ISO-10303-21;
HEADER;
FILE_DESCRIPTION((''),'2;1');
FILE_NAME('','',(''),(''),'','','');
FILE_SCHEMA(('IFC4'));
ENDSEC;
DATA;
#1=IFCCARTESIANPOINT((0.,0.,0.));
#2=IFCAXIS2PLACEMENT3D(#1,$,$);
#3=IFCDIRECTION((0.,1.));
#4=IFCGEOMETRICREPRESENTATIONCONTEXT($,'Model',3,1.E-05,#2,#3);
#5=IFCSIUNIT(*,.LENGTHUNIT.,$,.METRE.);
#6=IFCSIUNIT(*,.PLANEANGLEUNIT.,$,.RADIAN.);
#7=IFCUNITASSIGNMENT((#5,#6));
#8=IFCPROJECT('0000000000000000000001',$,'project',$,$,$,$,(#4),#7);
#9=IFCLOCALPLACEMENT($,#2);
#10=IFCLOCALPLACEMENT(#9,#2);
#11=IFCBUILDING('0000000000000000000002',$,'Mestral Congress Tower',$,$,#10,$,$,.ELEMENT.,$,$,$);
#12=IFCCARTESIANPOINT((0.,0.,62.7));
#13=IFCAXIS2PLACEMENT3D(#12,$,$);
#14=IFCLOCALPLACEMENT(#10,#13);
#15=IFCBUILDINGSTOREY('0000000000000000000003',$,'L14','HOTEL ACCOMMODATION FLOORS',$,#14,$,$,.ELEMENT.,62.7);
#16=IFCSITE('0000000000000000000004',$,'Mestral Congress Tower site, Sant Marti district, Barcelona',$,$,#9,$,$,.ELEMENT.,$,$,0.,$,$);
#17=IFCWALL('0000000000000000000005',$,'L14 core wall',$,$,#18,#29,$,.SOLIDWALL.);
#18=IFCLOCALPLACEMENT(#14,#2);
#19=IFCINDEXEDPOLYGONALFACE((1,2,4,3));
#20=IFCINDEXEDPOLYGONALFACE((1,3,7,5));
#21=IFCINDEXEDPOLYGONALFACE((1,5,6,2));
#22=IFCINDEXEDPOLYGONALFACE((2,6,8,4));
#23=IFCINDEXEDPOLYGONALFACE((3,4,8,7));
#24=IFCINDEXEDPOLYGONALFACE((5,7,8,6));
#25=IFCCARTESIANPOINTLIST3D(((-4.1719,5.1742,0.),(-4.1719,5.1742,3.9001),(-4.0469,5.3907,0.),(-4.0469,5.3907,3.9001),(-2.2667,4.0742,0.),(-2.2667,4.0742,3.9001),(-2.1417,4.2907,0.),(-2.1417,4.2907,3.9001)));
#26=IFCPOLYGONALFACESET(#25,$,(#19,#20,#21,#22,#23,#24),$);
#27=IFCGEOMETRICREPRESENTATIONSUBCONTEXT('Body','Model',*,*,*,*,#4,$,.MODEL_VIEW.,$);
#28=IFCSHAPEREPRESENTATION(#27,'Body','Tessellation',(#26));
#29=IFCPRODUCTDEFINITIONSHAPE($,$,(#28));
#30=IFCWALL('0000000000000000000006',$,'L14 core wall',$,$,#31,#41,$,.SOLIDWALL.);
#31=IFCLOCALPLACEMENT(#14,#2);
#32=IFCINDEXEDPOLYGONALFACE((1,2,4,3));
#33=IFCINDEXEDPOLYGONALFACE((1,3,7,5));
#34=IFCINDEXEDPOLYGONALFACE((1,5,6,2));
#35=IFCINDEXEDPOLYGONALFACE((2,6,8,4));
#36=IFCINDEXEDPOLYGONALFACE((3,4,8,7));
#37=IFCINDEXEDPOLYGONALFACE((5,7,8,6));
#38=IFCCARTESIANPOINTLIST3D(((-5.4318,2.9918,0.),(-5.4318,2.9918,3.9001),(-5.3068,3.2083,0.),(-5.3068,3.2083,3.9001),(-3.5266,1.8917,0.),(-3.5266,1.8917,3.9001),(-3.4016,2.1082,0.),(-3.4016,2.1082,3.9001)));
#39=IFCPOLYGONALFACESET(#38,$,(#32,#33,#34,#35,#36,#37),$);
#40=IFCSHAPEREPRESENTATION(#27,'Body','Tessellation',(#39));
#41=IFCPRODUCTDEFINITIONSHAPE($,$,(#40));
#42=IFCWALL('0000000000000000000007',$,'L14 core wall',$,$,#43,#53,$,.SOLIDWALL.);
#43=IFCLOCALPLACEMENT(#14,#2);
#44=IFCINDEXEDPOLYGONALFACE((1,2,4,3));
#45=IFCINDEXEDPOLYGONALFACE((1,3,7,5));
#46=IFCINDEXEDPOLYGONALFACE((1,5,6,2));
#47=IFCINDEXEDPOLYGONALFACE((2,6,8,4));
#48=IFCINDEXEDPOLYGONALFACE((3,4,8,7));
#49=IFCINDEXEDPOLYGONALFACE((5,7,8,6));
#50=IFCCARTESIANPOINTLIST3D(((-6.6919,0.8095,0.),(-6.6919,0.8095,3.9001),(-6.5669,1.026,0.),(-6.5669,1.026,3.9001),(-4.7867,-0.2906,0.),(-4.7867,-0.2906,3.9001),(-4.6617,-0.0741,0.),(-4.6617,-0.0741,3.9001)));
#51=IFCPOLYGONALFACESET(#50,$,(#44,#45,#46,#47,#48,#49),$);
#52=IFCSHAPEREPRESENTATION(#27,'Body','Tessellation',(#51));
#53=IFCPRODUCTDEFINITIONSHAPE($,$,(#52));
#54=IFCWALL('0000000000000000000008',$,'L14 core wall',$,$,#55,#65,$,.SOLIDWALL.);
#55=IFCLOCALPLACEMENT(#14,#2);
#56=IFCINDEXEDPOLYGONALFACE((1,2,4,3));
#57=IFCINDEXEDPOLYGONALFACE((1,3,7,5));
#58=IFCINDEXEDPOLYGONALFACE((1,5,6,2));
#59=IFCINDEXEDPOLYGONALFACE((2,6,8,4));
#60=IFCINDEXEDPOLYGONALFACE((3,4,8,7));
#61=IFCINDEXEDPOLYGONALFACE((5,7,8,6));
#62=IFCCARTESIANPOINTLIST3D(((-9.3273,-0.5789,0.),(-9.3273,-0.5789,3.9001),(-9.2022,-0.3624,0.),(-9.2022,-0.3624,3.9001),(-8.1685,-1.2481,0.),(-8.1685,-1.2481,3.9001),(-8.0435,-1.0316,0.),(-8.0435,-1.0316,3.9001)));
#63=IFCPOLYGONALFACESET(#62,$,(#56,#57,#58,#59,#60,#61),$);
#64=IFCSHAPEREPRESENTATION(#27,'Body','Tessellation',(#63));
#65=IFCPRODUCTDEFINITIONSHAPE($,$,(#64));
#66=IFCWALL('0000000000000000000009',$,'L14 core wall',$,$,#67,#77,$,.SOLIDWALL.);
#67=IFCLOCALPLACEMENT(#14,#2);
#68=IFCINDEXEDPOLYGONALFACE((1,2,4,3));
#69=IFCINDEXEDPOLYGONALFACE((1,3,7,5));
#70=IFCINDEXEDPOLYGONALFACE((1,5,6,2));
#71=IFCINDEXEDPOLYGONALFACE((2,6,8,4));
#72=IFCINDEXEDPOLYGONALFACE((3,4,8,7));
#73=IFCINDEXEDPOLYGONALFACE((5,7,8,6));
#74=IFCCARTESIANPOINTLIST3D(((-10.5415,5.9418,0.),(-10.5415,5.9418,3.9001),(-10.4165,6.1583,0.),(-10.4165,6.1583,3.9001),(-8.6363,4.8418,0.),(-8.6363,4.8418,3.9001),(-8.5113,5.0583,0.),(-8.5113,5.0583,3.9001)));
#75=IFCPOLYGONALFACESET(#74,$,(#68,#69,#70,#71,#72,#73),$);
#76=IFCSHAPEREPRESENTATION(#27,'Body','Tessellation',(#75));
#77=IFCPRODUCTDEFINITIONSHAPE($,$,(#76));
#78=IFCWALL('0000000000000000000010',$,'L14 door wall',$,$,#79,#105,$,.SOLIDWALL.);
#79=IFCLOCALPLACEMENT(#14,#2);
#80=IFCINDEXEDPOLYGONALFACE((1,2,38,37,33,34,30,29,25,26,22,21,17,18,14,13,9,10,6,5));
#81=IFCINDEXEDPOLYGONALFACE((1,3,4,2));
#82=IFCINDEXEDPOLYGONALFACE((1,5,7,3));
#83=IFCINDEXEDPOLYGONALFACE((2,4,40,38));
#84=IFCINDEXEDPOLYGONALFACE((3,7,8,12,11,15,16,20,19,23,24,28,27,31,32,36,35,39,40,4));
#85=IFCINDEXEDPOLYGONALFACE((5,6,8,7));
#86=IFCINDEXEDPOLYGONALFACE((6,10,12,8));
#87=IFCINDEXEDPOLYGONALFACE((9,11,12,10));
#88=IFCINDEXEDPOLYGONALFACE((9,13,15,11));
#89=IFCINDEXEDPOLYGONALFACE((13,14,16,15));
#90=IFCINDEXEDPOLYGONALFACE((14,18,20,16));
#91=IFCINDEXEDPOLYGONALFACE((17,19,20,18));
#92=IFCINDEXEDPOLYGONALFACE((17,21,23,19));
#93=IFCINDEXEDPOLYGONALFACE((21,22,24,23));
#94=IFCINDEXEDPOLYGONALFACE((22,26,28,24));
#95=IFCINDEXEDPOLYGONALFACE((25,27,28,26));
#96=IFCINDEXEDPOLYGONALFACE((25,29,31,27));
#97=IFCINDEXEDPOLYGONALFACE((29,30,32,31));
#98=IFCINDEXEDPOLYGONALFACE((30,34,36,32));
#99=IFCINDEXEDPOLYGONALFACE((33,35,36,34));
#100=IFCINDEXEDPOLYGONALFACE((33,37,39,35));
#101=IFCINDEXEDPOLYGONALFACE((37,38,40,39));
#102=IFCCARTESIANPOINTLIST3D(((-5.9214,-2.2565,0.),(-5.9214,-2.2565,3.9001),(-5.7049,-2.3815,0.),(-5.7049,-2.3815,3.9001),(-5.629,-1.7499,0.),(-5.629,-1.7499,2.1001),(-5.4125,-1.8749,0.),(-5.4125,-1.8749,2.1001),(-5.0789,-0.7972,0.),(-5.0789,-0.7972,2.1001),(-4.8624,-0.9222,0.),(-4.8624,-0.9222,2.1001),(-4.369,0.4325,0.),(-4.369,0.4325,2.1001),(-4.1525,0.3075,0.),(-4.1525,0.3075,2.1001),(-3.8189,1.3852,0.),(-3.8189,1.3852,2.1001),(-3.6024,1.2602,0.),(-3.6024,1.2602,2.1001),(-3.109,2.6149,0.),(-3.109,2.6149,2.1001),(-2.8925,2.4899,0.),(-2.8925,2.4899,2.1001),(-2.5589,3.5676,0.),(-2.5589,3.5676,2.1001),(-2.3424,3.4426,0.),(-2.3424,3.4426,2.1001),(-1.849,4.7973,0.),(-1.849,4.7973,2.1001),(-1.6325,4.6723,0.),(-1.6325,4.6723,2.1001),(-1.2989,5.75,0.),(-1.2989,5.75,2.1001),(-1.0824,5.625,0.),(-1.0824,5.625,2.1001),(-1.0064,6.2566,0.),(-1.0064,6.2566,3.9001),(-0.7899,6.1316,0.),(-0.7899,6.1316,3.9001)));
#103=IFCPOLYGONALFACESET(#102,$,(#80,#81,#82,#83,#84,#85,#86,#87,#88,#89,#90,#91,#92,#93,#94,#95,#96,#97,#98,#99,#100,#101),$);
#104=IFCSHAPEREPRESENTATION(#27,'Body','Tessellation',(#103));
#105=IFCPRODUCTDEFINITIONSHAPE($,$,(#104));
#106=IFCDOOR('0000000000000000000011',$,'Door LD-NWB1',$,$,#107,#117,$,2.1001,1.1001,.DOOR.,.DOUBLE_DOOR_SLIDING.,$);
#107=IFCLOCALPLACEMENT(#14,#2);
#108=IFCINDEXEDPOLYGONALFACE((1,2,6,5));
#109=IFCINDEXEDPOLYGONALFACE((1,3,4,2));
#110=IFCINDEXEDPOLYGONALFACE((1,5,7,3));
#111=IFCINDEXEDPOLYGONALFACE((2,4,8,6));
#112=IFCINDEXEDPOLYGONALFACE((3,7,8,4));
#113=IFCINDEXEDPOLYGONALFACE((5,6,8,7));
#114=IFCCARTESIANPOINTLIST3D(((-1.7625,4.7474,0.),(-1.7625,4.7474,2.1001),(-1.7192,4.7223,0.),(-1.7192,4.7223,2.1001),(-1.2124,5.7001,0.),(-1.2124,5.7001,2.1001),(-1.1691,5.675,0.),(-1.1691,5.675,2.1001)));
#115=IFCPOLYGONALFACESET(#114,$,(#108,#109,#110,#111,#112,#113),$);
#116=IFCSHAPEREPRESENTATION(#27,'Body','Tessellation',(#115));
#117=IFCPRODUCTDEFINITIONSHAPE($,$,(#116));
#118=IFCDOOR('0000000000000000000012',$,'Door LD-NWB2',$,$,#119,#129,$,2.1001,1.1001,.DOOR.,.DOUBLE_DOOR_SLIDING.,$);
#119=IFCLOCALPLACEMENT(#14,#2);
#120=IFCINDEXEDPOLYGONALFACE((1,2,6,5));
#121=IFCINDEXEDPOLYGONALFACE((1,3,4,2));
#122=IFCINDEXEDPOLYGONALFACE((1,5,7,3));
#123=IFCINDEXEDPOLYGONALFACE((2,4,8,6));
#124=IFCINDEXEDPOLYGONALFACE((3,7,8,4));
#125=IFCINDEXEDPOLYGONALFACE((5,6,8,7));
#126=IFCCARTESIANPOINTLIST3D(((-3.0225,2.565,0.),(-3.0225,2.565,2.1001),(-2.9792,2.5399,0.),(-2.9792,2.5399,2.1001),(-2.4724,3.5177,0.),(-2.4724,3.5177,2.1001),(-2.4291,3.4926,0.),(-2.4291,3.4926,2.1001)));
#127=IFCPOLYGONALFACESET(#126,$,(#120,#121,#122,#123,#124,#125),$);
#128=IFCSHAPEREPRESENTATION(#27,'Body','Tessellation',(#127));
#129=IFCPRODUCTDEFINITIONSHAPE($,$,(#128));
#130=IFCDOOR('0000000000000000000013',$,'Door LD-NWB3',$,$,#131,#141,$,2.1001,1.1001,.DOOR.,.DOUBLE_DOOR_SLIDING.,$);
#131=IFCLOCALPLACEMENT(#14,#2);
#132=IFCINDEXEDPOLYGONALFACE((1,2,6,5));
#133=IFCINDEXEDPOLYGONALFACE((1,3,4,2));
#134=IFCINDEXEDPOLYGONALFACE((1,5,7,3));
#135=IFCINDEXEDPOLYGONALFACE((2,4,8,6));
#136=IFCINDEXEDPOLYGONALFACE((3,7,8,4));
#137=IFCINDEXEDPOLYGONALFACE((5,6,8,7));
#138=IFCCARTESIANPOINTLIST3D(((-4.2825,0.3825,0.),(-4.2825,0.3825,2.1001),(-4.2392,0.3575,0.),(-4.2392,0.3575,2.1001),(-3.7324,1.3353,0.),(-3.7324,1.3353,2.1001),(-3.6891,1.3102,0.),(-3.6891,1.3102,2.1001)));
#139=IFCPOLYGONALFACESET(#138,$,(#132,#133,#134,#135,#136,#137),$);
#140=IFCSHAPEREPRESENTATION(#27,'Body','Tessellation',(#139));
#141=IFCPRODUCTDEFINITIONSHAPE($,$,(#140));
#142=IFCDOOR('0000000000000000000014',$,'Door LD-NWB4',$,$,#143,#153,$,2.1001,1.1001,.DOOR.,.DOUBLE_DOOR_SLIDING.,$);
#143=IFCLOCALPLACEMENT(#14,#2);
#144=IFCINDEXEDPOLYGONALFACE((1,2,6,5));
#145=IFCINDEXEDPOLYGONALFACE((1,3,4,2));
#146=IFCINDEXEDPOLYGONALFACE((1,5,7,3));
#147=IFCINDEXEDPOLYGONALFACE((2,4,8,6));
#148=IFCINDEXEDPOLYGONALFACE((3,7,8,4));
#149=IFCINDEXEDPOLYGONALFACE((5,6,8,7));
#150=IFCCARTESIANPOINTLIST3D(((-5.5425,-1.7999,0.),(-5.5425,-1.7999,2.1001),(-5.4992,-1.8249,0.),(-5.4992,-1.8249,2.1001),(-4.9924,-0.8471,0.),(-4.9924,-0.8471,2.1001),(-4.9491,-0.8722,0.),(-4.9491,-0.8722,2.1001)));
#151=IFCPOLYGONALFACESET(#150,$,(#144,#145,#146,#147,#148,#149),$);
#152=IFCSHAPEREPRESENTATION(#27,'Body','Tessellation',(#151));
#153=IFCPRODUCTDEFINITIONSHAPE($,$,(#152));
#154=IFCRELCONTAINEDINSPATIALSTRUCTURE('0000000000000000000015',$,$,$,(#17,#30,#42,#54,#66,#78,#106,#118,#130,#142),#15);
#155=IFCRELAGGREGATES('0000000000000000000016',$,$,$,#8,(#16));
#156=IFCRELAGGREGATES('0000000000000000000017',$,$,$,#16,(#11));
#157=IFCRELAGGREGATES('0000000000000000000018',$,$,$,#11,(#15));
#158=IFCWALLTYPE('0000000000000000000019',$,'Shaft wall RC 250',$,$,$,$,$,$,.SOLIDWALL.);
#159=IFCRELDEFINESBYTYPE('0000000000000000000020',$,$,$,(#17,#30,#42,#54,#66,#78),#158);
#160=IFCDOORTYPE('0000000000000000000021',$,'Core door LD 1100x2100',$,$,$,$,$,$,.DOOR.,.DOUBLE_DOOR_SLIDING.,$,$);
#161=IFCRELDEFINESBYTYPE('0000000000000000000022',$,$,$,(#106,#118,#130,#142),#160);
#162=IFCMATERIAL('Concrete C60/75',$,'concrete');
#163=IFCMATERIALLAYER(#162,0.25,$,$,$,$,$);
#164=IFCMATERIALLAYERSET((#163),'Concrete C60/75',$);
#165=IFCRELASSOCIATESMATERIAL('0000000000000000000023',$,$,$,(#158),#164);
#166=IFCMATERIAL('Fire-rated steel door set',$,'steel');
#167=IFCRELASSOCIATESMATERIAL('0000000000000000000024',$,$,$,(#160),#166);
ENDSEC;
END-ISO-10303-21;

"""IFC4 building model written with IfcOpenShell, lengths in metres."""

from ifc_helpers import new_model, si_unit, direction, frame, frame_2d, origin, place, context, subcontext, project, spatial, rectangle, extrude, material, layer, layer_set, type_object, element, fill, save


model = new_model("IFC4")

# Units and contexts
model_context = context("Model", 3, precision=1e-05, world=origin(), true_north=direction((0.0, 1.0)))
body_context = subcontext(model_context, "Body", "Model", "MODEL_VIEW")
ifc_project = project(units=[si_unit("LENGTHUNIT", "METRE"), si_unit("PLANEANGLEUNIT", "RADIAN")], contexts=[model_context])

# Site, building, storey
site_placement = place(None, origin())
site = spatial("IfcSite", under=ifc_project, at=site_placement, Name="Mestral Congress Tower site, Sant Marti district, Barcelona", CompositionType="ELEMENT", RefElevation=0.0)
building_placement = place(site_placement, origin())
building = spatial("IfcBuilding", under=site, at=building_placement, Name="Mestral Congress Tower", CompositionType="ELEMENT")
storey_placement = place(building_placement, frame((0.0, 0.0, 62.7)))
storey = spatial("IfcBuildingStorey", under=building, at=storey_placement, Name="L14", Description="HOTEL ACCOMMODATION FLOORS", CompositionType="ELEMENT", Elevation=62.7)

# Shared definitions
ifc_material_1 = material(Name="Fire-rated steel door set", Category="steel")

# Walls
ifc_material_2 = material(Name="Concrete C60/75", Category="concrete")
ifc_layer_1 = layer(ifc_material_2, 0.25)
ifc_layer_set_1 = layer_set([ifc_layer_1], Name="Concrete C60/75")
wall_type_1 = type_object("IfcWallType", Name="Shaft wall RC 250", PredefinedType="SOLIDWALL", material=ifc_layer_set_1)
for number, where, z_axis, x_axis, name in (
    (1, (-2.2041, 4.1824, 0.0), (0.0, 0.0, 1.0), (-0.866008, 0.50003, 0.0), "L14 core wall"),
    (2, (-5.3694, 3.1001, 0.0), (0.0, 0.0, 1.0), (0.866008, -0.50003, 0.0), "L14 core wall"),
    (3, (-4.7241, -0.1824, 0.0), (0.0, 0.0, 1.0), (-0.866008, 0.50003, 0.0), "L14 core wall"),
):
    element("IfcWall", number, at=place(storey_placement, frame(where, z_axis=z_axis, x_axis=x_axis)), inside=storey, type_object=wall_type_1, Name=name, PredefinedType="SOLIDWALL", context=body_context, shape_type="SweptSolid", body=[
        extrude(rectangle(XDim=2.2, YDim=0.25, at=frame_2d((1.1001, 0.0))), origin(), (0.0, 0.0, 1.0), 3.9001),
    ])
wall_1_placement = place(storey_placement, frame((-9.2646, -0.4707, 0.0), z_axis=(0.0, 0.0, 1.0), x_axis=(0.865955, -0.500123, 0.0)))
element("IfcWall", 4, at=wall_1_placement, inside=storey, type_object=wall_type_1, Name="L14 core wall", PredefinedType="SOLIDWALL", context=body_context, shape_type="SweptSolid", body=[
    extrude(rectangle(XDim=1.3381, YDim=0.25, at=frame_2d((0.6689, 0.0))), origin(), (0.0, 0.0, 1.0), 3.9001),
])
wall_2_placement = place(storey_placement, frame((-8.5737, 4.95, 0.0), z_axis=(0.0, 0.0, 1.0), x_axis=(-0.866008, 0.50003, 0.0)))
element("IfcWall", 5, at=wall_2_placement, inside=storey, type_object=wall_type_1, Name="L14 core wall", PredefinedType="SOLIDWALL", context=body_context, shape_type="SweptSolid", body=[
    extrude(rectangle(XDim=2.2, YDim=0.25, at=frame_2d((1.1001, 0.0))), origin(), (0.0, 0.0, 1.0), 3.9001),
])

# Wall, openings, doors
wall_3_placement = place(storey_placement, frame((-0.8982, 6.1941, 0.0), z_axis=(0.0, 0.0, 1.0), x_axis=(-0.499996, -0.866028, 0.0)))
wall_3 = element("IfcWall", 6, at=wall_3_placement, inside=storey, type_object=wall_type_1, Name="L14 door wall", PredefinedType="SOLIDWALL", context=body_context, shape_type="SweptSolid", body=[
    extrude(rectangle(XDim=9.8301, YDim=0.25, at=frame_2d((4.915, 0.0))), origin(), (0.0, 0.0, 1.0), 3.9001),
])
opening_1_placement = place(wall_3_placement, frame((0.585, 0.0, 0.0)))
opening_1 = element("IfcOpeningElement", 7, at=opening_1_placement, cuts=wall_3, PredefinedType="OPENING", context=body_context, shape_type="SweptSolid", body=[
    extrude(rectangle(XDim=1.1001, YDim=2.1001, at=frame_2d((0.55, 1.05))), frame((0.0, 0.135, 0.0), z_axis=(0.0, -1.0, 0.0), x_axis=(1.0, 0.0, 0.0)), (0.0, 0.0, 1.0), 0.27),
])
opening_2_placement = place(wall_3_placement, frame((3.105, 0.0, 0.0)))
opening_2 = element("IfcOpeningElement", 8, at=opening_2_placement, cuts=wall_3, PredefinedType="OPENING", context=body_context, shape_type="SweptSolid", body=[
    extrude(rectangle(XDim=1.1001, YDim=2.1001, at=frame_2d((0.55, 1.05))), frame((0.0, 0.135, 0.0), z_axis=(0.0, -1.0, 0.0), x_axis=(1.0, 0.0, 0.0)), (0.0, 0.0, 1.0), 0.27),
])
opening_3_placement = place(wall_3_placement, frame((5.625, 0.0, 0.0)))
opening_3 = element("IfcOpeningElement", 9, at=opening_3_placement, cuts=wall_3, PredefinedType="OPENING", context=body_context, shape_type="SweptSolid", body=[
    extrude(rectangle(XDim=1.1001, YDim=2.1001, at=frame_2d((0.55, 1.05))), frame((0.0, 0.135, 0.0), z_axis=(0.0, -1.0, 0.0), x_axis=(1.0, 0.0, 0.0)), (0.0, 0.0, 1.0), 0.27),
])
opening_4_placement = place(wall_3_placement, frame((8.145, 0.0, 0.0)))
opening_4 = element("IfcOpeningElement", 10, at=opening_4_placement, cuts=wall_3, PredefinedType="OPENING", context=body_context, shape_type="SweptSolid", body=[
    extrude(rectangle(XDim=1.1001, YDim=2.1001, at=frame_2d((0.55, 1.05))), frame((0.0, 0.135, 0.0), z_axis=(0.0, -1.0, 0.0), x_axis=(1.0, 0.0, 0.0)), (0.0, 0.0, 1.0), 0.27),
])
door_type_1 = type_object("IfcDoorType", Name="Core door LD 1100x2100", OperationType="DOUBLE_DOOR_SLIDING", PredefinedType="DOOR", material=ifc_material_1)
door_1_placement = place(opening_1_placement, origin())
door_1 = element("IfcDoor", 11, at=door_1_placement, inside=storey, type_object=door_type_1, Name="Door LD-NWB1", OperationType="DOUBLE_DOOR_SLIDING", OverallHeight=2.1001, OverallWidth=1.1001, PredefinedType="DOOR", context=body_context, shape_type="SweptSolid", body=[
    extrude(rectangle(XDim=1.1001, YDim=2.1001, at=frame_2d((0.55, 1.05))), frame((0.0, 0.0249, 0.0), z_axis=(0.0, -1.0, 0.0), x_axis=(1.0, 0.0, 0.0)), (0.0, 0.0, 1.0), 0.05),
])
fill(opening_1, door_1)
door_2_placement = place(opening_2_placement, origin())
door_2 = element("IfcDoor", 12, at=door_2_placement, inside=storey, type_object=door_type_1, Name="Door LD-NWB2", OperationType="DOUBLE_DOOR_SLIDING", OverallHeight=2.1001, OverallWidth=1.1001, PredefinedType="DOOR", context=body_context, shape_type="SweptSolid", body=[
    extrude(rectangle(XDim=1.1001, YDim=2.1001, at=frame_2d((0.55, 1.05))), frame((0.0, 0.0249, 0.0), z_axis=(0.0, -1.0, 0.0), x_axis=(1.0, 0.0, 0.0)), (0.0, 0.0, 1.0), 0.05),
])
fill(opening_2, door_2)
door_3_placement = place(opening_3_placement, origin())
door_3 = element("IfcDoor", 13, at=door_3_placement, inside=storey, type_object=door_type_1, Name="Door LD-NWB3", OperationType="DOUBLE_DOOR_SLIDING", OverallHeight=2.1001, OverallWidth=1.1001, PredefinedType="DOOR", context=body_context, shape_type="SweptSolid", body=[
    extrude(rectangle(XDim=1.1001, YDim=2.1001, at=frame_2d((0.55, 1.05))), frame((0.0, 0.0249, 0.0), z_axis=(0.0, -1.0, 0.0), x_axis=(1.0, 0.0, 0.0)), (0.0, 0.0, 1.0), 0.05),
])
fill(opening_3, door_3)
door_4_placement = place(opening_4_placement, origin())
door_4 = element("IfcDoor", 14, at=door_4_placement, inside=storey, type_object=door_type_1, Name="Door LD-NWB4", OperationType="DOUBLE_DOOR_SLIDING", OverallHeight=2.1001, OverallWidth=1.1001, PredefinedType="DOOR", context=body_context, shape_type="SweptSolid", body=[
    extrude(rectangle(XDim=1.1001, YDim=2.1001, at=frame_2d((0.55, 1.05))), frame((0.0, 0.0249, 0.0), z_axis=(0.0, -1.0, 0.0), x_axis=(1.0, 0.0, 0.0)), (0.0, 0.0, 1.0), 0.05),
])
fill(opening_4, door_4)

save(model, "model.ifc")
